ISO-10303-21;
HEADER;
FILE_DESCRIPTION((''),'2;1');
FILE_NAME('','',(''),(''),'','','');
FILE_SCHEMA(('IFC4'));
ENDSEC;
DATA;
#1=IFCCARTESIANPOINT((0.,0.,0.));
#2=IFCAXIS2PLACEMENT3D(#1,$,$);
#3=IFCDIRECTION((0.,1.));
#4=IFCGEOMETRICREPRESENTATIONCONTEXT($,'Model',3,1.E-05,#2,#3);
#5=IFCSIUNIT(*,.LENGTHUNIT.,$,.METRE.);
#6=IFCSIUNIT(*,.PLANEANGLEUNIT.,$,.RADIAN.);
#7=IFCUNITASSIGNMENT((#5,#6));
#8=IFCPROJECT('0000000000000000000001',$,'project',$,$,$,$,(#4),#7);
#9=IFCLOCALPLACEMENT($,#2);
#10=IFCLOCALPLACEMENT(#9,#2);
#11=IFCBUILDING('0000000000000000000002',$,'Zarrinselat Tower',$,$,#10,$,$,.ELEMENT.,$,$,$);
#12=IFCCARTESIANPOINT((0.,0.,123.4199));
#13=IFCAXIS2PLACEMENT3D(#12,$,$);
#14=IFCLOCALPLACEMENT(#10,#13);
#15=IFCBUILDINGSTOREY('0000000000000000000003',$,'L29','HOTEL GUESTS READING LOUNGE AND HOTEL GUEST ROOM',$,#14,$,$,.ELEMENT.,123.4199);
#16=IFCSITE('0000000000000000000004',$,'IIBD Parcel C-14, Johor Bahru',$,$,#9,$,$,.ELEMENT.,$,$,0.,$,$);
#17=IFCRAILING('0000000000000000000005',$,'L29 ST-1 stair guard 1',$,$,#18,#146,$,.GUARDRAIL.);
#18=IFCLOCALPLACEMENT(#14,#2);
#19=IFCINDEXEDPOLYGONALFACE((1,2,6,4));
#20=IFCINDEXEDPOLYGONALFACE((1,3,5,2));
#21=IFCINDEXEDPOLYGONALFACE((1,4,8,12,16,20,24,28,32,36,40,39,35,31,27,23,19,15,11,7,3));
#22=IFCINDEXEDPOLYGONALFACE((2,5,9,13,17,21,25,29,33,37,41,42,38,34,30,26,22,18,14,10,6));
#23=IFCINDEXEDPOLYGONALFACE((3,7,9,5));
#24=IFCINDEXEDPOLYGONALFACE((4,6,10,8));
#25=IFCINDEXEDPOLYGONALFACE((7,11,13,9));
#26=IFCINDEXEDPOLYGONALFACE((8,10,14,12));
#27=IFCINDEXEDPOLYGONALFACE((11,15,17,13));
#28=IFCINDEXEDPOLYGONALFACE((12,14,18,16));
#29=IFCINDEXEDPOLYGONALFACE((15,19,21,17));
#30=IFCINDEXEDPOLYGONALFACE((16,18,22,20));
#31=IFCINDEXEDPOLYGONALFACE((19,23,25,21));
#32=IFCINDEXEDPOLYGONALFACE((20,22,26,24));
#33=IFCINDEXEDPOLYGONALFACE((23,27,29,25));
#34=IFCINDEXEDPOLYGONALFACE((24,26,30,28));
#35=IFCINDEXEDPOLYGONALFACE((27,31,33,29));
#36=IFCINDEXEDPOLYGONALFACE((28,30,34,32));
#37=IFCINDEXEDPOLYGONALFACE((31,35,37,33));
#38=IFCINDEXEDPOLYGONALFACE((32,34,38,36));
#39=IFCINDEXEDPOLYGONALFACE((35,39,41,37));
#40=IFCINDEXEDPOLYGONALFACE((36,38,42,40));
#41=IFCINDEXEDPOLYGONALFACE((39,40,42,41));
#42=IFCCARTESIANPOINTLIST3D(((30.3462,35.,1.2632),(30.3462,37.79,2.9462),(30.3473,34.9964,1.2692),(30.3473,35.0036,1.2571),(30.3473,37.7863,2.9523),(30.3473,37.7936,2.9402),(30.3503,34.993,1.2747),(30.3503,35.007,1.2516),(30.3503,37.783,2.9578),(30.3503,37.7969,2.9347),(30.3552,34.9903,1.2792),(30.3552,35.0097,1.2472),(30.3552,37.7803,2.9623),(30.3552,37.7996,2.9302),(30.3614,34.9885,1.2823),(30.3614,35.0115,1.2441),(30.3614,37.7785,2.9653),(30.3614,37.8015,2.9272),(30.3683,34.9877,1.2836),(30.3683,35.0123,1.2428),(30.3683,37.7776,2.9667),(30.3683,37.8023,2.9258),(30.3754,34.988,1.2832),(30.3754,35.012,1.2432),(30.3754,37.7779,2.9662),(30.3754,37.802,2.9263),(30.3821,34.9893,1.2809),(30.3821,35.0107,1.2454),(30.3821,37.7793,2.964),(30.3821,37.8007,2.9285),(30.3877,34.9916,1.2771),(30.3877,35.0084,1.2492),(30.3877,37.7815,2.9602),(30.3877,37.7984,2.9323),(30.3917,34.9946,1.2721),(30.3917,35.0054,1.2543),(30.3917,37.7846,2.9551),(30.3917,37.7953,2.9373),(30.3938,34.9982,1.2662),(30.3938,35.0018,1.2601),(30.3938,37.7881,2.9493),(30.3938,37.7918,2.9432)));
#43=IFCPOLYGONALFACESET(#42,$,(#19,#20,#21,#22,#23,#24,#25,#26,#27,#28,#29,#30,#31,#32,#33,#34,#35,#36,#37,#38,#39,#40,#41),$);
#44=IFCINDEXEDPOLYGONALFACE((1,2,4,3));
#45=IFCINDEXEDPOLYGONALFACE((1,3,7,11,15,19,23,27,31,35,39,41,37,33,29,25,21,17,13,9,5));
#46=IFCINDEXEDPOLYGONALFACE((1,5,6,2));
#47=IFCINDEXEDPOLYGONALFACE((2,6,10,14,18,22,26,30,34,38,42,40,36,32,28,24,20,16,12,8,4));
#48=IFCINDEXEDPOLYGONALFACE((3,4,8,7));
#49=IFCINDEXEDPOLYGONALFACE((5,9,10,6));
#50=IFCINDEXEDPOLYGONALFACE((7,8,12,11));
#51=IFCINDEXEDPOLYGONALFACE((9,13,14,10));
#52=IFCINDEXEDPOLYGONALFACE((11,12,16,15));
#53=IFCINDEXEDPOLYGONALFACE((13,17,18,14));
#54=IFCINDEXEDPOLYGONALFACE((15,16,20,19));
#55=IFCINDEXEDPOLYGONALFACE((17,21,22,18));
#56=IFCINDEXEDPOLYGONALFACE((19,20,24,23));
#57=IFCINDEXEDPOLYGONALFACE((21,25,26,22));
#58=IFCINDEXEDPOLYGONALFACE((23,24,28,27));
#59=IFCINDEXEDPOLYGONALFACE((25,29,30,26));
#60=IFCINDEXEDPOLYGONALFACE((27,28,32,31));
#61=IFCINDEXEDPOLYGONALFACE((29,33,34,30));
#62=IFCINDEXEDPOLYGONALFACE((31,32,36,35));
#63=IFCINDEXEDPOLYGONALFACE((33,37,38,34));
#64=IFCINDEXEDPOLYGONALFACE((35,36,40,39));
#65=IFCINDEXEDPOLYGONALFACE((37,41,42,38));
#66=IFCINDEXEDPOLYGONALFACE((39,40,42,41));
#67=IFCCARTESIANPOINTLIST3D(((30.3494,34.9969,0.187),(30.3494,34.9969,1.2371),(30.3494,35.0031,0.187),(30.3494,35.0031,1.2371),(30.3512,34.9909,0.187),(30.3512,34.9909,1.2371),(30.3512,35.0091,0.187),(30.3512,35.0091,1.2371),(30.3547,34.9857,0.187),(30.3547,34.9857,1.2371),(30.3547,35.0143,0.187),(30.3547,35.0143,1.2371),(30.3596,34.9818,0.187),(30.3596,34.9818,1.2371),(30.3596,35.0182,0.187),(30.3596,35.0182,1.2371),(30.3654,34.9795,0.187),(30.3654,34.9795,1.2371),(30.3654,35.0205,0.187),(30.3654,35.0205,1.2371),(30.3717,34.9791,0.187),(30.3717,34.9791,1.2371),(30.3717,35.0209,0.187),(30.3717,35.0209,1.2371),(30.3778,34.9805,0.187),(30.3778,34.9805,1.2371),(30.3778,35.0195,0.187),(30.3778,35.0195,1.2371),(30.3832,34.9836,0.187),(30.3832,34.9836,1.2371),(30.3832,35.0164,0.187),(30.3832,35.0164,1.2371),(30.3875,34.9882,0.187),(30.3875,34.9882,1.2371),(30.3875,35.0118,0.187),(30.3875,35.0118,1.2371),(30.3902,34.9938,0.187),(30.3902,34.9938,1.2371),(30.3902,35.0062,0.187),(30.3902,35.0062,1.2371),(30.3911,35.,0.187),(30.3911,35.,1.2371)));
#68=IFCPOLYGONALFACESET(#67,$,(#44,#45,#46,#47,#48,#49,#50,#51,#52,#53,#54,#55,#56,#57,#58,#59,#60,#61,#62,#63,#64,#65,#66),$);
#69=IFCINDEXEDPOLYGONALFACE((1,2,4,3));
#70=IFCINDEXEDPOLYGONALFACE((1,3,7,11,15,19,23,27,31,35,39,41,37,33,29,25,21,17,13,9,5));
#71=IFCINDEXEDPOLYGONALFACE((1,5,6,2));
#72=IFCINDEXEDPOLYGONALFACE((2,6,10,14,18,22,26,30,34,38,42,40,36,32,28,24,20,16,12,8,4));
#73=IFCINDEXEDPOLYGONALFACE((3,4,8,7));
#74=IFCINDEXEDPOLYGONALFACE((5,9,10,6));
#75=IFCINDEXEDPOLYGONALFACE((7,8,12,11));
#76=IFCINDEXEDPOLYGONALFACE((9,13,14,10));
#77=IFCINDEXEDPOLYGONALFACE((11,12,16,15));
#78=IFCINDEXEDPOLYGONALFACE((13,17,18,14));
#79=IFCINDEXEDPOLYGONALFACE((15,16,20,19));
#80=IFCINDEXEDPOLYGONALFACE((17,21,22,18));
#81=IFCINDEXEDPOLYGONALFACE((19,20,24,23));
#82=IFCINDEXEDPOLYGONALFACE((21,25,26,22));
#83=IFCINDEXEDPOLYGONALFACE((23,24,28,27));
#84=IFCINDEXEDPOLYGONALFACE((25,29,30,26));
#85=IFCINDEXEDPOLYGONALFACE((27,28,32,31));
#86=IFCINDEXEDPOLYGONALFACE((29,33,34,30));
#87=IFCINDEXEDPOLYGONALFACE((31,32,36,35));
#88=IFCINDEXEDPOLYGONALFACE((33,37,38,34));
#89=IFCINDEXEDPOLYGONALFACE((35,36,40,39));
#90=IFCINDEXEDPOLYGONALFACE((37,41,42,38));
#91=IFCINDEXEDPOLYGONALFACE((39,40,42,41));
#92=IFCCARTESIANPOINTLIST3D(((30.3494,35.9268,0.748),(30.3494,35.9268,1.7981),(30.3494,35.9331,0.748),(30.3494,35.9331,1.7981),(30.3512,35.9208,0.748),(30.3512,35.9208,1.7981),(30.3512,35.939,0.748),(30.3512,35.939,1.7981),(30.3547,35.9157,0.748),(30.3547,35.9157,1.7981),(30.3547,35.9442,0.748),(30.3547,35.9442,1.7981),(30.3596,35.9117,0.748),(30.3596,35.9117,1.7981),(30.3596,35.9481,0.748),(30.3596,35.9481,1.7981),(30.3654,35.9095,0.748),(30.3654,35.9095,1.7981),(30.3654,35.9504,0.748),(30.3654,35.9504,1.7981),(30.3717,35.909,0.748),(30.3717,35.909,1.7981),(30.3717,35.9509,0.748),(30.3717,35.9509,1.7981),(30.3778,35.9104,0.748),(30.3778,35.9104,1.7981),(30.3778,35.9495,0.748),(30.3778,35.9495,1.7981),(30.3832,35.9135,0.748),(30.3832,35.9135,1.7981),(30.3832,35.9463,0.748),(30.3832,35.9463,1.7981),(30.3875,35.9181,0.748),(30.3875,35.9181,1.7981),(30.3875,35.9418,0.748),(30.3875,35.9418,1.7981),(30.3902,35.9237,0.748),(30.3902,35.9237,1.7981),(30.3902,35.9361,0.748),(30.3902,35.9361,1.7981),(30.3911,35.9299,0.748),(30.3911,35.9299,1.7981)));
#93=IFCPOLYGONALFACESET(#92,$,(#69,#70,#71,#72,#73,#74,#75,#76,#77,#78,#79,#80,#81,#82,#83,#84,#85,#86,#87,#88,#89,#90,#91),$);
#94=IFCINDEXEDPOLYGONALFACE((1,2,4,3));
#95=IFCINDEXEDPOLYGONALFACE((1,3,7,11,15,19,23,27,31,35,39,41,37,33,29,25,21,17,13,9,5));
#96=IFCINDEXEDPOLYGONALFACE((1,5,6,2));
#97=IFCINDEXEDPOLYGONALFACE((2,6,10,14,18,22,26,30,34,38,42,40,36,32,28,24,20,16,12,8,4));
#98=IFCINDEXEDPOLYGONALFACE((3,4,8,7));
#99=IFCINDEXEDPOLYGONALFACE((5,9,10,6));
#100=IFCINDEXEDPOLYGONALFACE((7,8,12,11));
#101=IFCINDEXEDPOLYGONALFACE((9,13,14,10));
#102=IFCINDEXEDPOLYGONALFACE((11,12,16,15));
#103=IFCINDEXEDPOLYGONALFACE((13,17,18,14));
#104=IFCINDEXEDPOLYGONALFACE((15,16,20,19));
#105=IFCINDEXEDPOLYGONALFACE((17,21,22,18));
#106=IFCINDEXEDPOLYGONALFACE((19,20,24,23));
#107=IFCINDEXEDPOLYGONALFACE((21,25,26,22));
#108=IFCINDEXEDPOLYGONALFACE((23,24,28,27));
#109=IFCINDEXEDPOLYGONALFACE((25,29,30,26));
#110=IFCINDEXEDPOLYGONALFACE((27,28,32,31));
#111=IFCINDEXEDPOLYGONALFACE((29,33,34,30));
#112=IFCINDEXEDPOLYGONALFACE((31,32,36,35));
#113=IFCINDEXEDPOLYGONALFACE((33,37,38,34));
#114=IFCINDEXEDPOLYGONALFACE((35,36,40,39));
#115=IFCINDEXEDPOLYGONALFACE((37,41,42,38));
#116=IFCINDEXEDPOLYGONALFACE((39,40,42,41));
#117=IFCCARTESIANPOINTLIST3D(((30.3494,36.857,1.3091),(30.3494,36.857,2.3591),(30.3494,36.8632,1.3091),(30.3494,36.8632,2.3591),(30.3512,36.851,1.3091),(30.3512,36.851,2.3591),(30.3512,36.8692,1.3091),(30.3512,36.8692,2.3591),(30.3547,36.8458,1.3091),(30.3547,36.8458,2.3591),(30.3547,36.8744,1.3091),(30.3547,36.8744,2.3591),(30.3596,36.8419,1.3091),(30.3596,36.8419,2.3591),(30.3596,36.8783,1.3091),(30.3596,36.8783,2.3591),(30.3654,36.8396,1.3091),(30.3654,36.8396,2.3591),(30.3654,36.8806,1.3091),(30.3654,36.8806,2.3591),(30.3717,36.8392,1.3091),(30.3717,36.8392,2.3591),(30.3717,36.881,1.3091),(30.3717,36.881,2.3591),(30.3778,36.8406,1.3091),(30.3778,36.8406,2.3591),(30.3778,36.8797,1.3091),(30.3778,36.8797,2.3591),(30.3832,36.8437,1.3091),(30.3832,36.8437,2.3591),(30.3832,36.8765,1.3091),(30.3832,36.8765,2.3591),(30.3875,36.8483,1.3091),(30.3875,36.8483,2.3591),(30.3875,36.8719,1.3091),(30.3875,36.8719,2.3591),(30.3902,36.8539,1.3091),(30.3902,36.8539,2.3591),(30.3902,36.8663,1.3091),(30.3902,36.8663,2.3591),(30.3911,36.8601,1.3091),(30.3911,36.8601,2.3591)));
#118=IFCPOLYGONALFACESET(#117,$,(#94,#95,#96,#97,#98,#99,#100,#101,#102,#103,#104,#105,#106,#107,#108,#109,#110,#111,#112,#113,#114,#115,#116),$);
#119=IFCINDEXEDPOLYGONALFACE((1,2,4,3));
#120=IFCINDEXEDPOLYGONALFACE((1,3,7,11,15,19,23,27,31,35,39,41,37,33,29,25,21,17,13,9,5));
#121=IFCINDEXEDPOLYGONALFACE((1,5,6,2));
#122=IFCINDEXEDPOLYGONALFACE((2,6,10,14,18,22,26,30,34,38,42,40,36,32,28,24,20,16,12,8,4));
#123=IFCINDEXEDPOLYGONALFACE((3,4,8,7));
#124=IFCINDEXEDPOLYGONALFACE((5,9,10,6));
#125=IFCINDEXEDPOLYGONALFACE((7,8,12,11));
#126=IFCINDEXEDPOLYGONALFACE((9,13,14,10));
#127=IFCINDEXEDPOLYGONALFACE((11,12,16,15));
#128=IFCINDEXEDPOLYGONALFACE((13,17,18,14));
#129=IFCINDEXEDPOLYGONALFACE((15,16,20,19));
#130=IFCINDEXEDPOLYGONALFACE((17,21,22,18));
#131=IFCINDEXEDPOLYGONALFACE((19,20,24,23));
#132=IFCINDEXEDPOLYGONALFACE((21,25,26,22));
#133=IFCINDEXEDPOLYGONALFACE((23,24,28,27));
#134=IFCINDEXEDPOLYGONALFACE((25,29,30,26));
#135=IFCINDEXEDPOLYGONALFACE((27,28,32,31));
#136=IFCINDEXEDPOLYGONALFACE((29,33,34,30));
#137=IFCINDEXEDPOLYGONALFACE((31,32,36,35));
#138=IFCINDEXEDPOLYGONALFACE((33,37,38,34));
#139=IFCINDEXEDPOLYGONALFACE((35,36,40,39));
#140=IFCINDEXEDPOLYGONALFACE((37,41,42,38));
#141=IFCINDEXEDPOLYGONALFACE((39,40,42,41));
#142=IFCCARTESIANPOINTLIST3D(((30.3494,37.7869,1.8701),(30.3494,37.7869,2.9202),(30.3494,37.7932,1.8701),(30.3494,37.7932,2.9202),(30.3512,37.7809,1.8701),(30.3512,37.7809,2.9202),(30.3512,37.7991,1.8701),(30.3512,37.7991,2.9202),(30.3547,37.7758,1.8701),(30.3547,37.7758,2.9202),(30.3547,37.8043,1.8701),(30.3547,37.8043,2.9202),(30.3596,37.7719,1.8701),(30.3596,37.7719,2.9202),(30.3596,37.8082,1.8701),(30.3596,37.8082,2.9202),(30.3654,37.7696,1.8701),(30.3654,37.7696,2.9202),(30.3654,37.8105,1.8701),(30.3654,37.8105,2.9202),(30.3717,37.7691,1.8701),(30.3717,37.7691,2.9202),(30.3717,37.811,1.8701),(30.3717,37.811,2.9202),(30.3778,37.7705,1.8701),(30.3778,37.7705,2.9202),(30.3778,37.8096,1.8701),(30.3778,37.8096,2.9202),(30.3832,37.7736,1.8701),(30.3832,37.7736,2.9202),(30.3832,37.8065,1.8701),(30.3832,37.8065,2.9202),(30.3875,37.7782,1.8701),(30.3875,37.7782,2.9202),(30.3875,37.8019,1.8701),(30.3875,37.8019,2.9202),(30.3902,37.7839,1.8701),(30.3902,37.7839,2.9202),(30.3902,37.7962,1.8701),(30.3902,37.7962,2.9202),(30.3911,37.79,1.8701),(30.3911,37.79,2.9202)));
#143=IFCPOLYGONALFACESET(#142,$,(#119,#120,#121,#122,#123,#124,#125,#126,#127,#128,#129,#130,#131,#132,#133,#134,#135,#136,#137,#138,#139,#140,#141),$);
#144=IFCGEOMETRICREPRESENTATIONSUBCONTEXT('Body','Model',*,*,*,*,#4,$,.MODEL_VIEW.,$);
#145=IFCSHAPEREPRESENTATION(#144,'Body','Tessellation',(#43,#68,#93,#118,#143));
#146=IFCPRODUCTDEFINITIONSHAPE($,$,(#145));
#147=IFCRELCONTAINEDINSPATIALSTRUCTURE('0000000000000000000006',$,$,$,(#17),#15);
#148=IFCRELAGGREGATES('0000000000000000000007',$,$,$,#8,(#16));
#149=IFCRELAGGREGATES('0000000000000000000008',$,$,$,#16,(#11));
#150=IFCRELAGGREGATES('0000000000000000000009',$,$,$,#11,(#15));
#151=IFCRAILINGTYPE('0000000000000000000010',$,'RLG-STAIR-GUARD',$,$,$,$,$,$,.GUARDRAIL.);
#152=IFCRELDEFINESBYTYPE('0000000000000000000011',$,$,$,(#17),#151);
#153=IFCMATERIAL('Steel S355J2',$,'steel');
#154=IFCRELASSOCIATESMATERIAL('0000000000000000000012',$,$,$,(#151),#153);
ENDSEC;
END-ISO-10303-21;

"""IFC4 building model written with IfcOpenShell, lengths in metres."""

from ifc_helpers import new_model, si_unit, direction, frame, origin, origin_2d, place, context, subcontext, project, spatial, circle, extrude, material, type_object, element, save


model = new_model("IFC4")

# Units and contexts
model_context = context("Model", 3, precision=1e-05, world=origin(), true_north=direction((0.0, 1.0)))
body_context = subcontext(model_context, "Body", "Model", "MODEL_VIEW")
ifc_project = project(units=[si_unit("LENGTHUNIT", "METRE"), si_unit("PLANEANGLEUNIT", "RADIAN")], contexts=[model_context])

# Site, building, storey
site_placement = place(None, origin())
site = spatial("IfcSite", under=ifc_project, at=site_placement, Name="IIBD Parcel C-14, Johor Bahru", CompositionType="ELEMENT", RefElevation=0.0)
building_placement = place(site_placement, origin())
building = spatial("IfcBuilding", under=site, at=building_placement, Name="Zarrinselat Tower", CompositionType="ELEMENT")
storey_placement = place(building_placement, frame((0.0, 0.0, 123.4199)))
storey = spatial("IfcBuildingStorey", under=building, at=storey_placement, Name="L29", Description="HOTEL GUESTS READING LOUNGE AND HOTEL GUEST ROOM", CompositionType="ELEMENT", Elevation=123.4199)

# Railing
ifc_material_1 = material(Name="Steel S355J2", Category="steel")
railing_type_1 = type_object("IfcRailingType", Name="RLG-STAIR-GUARD", PredefinedType="GUARDRAIL", material=ifc_material_1)
railing_1_placement = place(storey_placement, frame((30.3701, 35.0, 0.187)))
element("IfcRailing", 1, at=railing_1_placement, inside=storey, type_object=railing_type_1, Name="L29 ST-1 stair guard 1", PredefinedType="GUARDRAIL", context=body_context, shape_type="SweptSolid", body=[
    extrude(circle(Radius=0.0239, at=origin_2d()), frame((0.0, 0.0, 1.0762), z_axis=(0.0, 0.856261, 0.516544), x_axis=(-1.0, 0.0, 0.0)), (0.0, 0.0, 1.0), 3.2583),
    extrude(circle(Radius=0.021, at=origin_2d()), origin(), (0.0, 0.0, 1.0), 1.05),
    extrude(circle(Radius=0.021, at=origin_2d()), frame((0.0, 0.9299, 0.561)), (0.0, 0.0, 1.0), 1.05),
    extrude(circle(Radius=0.021, at=origin_2d()), frame((0.0, 1.8601, 1.1221)), (0.0, 0.0, 1.0), 1.05),
    extrude(circle(Radius=0.021, at=origin_2d()), frame((0.0, 2.79, 1.6831)), (0.0, 0.0, 1.0), 1.05),
])

save(model, "model.ifc")
